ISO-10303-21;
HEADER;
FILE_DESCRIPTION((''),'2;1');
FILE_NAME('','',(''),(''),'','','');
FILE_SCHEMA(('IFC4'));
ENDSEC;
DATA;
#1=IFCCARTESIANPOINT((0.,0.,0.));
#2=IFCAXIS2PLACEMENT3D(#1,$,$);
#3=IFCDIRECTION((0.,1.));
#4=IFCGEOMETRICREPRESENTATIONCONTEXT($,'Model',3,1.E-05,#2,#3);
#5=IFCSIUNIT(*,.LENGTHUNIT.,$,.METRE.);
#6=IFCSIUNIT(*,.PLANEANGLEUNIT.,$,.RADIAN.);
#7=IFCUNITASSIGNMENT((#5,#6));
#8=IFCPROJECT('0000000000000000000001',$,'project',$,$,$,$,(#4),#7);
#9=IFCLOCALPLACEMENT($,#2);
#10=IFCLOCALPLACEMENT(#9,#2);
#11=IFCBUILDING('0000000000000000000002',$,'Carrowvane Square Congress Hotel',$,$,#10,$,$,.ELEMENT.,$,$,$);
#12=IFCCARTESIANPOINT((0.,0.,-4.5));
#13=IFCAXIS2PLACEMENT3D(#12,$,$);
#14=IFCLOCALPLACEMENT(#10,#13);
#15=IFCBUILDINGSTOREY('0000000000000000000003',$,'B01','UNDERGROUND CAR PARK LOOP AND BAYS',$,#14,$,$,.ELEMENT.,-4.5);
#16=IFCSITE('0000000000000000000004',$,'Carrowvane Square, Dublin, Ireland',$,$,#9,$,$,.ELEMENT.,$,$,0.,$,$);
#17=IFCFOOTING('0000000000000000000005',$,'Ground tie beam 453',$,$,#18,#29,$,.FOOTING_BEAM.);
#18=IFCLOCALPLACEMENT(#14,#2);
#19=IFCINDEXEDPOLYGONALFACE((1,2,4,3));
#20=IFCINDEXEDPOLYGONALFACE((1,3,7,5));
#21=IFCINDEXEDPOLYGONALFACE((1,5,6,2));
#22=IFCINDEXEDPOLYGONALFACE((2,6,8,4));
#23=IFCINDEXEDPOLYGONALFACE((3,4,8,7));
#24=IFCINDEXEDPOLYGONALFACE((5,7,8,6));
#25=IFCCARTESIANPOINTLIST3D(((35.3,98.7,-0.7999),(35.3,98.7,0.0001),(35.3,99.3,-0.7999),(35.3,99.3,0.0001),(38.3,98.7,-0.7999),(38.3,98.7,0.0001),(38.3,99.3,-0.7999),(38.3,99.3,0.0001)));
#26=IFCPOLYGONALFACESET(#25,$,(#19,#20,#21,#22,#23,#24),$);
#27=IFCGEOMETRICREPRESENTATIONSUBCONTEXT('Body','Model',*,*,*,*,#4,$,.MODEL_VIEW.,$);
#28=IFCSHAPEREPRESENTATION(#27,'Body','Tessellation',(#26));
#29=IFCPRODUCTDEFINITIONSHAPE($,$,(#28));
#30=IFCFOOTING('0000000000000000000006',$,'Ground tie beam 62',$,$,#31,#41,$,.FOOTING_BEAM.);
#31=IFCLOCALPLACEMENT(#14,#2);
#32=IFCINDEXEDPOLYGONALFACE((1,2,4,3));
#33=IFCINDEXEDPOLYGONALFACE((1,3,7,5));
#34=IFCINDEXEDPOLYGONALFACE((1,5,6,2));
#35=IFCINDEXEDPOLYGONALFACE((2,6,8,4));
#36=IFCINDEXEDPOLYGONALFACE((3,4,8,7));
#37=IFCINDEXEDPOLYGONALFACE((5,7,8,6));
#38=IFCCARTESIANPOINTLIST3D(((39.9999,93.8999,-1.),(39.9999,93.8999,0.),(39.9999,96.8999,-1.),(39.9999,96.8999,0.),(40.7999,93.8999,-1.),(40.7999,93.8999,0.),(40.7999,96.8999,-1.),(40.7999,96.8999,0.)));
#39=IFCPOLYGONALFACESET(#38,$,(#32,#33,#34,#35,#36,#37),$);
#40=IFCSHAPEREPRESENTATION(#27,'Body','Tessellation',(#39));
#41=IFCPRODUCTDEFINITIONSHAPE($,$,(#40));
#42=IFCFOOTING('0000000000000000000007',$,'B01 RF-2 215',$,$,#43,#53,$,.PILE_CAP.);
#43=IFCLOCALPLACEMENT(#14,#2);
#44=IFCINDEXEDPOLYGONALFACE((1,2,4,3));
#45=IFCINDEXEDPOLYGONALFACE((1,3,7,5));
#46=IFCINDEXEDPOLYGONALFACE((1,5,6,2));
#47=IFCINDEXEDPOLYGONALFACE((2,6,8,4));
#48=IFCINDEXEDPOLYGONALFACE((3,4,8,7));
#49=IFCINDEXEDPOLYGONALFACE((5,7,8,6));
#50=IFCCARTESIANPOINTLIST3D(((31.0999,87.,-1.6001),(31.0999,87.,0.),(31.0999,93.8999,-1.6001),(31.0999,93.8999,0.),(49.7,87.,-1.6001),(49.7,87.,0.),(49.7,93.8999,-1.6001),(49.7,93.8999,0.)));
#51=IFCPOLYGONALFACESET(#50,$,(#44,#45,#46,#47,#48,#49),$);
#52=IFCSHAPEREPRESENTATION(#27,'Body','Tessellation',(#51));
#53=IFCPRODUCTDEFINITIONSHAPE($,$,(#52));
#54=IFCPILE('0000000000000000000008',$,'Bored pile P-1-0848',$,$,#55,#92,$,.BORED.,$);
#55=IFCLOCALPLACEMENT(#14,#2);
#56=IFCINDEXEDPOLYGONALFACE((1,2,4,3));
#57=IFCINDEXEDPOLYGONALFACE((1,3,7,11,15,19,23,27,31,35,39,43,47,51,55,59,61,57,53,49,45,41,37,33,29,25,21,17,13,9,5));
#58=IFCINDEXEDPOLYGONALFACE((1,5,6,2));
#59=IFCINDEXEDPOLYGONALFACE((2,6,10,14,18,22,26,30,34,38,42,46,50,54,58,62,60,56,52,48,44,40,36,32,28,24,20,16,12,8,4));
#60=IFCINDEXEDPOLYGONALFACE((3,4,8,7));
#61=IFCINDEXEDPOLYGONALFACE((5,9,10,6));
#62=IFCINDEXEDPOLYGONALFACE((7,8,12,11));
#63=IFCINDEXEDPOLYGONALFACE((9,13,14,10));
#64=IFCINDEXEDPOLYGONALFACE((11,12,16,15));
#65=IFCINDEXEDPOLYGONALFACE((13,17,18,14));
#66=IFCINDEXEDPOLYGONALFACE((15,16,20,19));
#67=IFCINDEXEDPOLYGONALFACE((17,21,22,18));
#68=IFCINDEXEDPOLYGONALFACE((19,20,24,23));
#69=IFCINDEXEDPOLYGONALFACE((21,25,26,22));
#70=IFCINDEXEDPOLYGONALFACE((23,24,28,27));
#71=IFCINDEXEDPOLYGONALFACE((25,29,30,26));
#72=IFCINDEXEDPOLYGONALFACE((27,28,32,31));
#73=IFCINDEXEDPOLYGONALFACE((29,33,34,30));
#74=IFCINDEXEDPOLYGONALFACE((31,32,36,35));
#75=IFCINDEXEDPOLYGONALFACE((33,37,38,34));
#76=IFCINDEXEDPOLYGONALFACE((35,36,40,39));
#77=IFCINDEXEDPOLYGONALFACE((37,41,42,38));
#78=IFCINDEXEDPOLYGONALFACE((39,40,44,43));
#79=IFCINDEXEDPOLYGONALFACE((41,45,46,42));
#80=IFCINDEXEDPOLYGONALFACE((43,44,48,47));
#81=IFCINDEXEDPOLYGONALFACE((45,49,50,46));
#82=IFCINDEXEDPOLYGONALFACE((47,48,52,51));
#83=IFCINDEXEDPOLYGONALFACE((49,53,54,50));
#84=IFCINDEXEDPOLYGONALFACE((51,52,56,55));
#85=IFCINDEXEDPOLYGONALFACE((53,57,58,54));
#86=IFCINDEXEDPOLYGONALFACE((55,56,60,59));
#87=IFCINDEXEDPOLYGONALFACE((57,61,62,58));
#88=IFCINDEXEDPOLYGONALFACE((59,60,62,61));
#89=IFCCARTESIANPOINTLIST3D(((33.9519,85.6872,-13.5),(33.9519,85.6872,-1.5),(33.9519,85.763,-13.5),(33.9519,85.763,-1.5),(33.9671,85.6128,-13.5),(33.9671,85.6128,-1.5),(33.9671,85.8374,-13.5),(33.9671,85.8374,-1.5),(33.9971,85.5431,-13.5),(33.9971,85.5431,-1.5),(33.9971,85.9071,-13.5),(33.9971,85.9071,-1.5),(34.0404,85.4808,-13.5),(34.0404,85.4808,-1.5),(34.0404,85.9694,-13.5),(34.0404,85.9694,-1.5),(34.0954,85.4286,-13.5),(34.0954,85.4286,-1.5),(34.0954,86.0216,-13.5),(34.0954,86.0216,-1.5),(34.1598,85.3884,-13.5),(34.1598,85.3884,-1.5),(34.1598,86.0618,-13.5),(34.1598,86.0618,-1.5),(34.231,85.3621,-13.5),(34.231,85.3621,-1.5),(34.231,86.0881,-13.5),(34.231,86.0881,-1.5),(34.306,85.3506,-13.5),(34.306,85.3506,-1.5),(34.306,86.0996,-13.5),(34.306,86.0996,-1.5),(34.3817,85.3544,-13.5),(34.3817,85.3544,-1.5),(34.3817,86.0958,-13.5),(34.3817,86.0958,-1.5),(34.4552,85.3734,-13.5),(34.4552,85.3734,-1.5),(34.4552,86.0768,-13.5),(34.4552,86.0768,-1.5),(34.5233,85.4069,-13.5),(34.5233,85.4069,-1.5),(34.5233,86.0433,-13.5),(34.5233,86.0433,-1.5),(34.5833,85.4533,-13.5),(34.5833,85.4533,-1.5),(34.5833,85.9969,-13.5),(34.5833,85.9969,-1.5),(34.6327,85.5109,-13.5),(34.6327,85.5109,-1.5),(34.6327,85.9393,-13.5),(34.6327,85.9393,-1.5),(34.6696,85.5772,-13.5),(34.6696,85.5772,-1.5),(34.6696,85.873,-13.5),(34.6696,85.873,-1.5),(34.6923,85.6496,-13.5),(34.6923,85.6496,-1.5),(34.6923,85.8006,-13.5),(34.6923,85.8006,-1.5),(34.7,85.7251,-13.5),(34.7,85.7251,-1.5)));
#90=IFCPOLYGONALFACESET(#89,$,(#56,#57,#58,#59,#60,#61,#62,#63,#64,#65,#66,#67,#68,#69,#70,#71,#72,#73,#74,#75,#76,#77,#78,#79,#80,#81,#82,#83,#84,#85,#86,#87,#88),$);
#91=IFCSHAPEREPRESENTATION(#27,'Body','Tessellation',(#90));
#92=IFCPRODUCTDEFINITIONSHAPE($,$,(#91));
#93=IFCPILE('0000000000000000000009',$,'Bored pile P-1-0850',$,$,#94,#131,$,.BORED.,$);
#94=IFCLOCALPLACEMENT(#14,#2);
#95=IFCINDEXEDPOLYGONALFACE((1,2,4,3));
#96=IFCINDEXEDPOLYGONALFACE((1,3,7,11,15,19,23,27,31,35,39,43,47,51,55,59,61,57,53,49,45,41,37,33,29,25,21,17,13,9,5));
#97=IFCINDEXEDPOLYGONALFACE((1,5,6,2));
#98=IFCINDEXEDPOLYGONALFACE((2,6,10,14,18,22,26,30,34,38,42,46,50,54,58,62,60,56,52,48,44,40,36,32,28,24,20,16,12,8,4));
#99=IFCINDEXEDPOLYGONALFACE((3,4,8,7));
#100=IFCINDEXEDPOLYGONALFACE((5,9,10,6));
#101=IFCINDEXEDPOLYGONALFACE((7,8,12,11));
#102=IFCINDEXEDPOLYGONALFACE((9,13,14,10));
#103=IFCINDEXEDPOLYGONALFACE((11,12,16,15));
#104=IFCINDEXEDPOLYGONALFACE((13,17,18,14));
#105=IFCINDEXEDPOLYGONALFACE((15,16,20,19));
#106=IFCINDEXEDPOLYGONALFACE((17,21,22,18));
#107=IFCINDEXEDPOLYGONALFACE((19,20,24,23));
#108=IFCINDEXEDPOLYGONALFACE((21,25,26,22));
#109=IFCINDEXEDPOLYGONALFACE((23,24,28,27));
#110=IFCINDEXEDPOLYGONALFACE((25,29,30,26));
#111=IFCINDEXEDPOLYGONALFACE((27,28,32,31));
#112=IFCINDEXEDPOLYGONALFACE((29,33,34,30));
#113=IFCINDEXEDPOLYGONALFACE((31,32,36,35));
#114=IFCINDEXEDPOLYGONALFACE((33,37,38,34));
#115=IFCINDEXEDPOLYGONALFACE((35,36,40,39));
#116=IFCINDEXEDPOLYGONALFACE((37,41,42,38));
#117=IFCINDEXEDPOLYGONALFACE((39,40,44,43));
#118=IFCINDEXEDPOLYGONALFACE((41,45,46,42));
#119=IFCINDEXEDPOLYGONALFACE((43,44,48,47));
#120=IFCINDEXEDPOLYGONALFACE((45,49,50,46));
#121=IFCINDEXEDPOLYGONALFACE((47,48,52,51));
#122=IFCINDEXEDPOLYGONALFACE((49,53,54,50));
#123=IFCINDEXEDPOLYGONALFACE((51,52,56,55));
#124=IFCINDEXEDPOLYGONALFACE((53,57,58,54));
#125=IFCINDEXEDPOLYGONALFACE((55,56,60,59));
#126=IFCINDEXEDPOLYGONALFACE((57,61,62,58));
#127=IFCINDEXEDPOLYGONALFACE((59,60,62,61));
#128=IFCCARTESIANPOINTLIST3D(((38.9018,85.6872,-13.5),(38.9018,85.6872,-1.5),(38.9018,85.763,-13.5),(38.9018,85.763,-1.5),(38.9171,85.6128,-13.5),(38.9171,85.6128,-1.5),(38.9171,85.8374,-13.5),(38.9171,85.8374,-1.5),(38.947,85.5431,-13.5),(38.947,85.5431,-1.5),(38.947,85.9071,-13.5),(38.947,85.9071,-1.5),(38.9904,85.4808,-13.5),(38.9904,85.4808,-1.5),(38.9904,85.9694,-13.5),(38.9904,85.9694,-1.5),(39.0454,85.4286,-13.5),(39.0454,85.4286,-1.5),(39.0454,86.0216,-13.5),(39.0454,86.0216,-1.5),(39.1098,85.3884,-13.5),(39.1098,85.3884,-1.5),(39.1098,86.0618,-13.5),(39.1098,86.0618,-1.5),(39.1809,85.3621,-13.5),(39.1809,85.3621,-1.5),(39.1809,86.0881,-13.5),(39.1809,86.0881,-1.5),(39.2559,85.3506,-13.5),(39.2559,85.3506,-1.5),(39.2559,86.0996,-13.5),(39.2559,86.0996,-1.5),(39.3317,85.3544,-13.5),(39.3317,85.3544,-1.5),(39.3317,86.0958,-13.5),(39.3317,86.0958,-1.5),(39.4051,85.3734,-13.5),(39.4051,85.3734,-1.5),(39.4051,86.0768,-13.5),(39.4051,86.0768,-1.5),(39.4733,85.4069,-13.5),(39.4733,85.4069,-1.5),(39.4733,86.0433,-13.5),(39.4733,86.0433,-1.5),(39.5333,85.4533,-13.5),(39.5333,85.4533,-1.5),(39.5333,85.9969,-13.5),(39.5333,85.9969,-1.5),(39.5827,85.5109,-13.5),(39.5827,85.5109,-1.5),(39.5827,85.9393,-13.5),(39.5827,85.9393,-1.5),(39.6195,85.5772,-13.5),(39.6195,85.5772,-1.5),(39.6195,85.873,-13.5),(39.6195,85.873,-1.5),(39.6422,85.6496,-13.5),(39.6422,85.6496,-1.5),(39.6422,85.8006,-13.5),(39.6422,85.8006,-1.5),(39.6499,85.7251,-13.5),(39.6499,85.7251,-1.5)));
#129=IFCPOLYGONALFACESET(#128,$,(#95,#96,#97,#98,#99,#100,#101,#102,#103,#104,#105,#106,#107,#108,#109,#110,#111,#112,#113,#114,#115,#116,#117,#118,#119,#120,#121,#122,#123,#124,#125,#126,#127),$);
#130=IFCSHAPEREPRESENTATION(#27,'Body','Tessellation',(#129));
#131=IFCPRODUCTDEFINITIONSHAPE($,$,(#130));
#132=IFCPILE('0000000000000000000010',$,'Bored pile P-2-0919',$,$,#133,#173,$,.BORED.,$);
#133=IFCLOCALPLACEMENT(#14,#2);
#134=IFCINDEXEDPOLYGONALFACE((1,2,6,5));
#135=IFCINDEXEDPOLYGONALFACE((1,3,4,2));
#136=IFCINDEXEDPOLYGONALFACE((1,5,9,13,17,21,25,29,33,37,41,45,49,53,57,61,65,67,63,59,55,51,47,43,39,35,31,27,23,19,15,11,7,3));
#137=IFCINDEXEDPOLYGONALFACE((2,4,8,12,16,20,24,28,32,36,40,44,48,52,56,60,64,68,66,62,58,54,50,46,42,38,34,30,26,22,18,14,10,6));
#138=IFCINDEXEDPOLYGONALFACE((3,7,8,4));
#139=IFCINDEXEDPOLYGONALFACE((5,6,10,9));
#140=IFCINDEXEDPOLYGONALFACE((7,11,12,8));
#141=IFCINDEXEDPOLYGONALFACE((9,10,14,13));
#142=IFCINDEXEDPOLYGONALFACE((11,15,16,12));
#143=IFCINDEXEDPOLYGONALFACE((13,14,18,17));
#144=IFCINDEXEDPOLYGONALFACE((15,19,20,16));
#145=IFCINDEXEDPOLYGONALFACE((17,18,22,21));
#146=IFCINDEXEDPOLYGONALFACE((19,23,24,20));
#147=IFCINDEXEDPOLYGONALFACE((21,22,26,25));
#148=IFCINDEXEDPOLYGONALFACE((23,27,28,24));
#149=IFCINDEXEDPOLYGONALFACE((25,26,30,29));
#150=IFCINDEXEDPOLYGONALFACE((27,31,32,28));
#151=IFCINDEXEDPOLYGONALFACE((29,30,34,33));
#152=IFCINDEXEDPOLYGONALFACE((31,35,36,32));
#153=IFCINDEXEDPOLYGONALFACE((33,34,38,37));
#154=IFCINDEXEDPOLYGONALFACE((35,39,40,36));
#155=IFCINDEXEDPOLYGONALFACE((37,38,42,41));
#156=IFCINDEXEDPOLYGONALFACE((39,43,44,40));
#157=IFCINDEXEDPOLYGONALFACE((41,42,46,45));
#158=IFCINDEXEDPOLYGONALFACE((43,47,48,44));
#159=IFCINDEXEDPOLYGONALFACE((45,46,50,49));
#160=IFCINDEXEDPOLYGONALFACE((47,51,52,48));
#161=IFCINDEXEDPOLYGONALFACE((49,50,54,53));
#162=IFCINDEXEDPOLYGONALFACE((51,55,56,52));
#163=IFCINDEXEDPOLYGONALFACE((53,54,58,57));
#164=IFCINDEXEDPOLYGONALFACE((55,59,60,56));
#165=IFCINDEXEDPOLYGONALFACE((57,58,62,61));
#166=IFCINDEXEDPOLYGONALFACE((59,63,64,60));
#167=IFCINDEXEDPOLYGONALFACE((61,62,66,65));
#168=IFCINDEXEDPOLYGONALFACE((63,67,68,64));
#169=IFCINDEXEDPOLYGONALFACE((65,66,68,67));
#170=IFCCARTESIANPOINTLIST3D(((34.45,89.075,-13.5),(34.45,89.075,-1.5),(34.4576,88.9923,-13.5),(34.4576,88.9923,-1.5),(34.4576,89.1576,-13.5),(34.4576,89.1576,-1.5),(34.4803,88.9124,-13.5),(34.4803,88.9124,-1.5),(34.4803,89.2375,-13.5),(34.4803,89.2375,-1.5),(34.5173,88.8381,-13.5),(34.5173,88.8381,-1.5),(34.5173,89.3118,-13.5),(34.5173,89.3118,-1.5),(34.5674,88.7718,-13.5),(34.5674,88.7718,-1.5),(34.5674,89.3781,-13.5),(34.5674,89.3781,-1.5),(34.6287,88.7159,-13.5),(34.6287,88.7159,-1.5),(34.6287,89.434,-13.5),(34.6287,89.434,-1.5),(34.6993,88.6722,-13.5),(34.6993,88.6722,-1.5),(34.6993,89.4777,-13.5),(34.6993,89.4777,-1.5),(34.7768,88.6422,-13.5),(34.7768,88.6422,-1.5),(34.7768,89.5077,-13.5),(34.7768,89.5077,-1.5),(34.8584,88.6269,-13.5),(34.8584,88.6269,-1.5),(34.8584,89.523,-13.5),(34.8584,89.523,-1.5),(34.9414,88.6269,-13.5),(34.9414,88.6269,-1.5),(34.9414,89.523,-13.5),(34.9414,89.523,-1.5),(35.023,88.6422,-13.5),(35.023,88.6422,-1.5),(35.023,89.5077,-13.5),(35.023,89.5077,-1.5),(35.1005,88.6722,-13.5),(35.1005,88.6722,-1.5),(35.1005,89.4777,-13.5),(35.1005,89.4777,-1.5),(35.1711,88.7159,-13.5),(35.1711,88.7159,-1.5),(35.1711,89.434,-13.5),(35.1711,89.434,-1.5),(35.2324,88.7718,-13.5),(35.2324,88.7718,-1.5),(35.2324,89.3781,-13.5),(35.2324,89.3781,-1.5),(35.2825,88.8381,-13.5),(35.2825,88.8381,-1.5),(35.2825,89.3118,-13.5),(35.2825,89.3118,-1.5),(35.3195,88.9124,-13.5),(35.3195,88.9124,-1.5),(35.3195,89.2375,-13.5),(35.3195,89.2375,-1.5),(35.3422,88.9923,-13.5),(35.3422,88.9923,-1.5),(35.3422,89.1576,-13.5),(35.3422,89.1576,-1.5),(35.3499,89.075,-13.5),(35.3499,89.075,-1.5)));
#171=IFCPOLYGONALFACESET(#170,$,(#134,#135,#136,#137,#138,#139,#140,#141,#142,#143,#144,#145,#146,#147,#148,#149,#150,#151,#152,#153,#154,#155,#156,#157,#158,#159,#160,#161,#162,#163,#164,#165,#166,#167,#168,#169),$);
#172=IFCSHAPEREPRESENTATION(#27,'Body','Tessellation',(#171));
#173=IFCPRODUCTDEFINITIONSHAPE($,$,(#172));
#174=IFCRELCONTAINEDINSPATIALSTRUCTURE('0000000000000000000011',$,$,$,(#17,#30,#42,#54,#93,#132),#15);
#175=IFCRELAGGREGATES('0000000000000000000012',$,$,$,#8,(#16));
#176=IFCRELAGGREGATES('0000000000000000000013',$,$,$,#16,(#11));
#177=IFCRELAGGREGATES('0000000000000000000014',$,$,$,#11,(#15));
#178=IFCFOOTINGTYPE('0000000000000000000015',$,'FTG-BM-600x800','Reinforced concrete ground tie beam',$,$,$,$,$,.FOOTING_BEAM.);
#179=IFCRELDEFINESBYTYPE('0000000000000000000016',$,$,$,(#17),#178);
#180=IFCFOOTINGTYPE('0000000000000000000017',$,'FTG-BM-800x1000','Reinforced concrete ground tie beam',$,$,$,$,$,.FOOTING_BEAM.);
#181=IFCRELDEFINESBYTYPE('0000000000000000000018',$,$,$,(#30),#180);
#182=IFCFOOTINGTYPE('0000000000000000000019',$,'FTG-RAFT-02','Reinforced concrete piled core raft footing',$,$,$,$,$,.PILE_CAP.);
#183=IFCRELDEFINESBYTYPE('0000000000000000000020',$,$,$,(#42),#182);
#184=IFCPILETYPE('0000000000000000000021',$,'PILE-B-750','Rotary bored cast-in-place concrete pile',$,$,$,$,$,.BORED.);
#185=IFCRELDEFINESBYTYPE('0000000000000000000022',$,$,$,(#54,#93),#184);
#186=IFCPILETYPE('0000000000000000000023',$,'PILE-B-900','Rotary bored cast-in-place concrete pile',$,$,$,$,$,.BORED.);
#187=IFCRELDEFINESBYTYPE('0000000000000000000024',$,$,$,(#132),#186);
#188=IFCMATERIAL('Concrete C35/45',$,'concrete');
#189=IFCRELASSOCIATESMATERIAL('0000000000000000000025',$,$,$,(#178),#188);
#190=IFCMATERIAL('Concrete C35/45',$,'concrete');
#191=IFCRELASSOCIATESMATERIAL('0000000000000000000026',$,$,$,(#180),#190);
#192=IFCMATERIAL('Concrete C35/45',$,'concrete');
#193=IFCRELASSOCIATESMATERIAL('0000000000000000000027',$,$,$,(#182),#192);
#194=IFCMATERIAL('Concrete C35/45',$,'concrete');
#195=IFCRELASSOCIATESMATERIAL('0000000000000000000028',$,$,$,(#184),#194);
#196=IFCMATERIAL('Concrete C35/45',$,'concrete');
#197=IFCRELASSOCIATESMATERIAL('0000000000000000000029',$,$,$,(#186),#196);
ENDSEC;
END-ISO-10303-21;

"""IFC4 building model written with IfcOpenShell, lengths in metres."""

from ifc_helpers import new_model, si_unit, direction, frame, origin, origin_2d, place, context, subcontext, project, spatial, rectangle, circle, extrude, material, material_profile, profile_set, type_object, element, save


model = new_model("IFC4")

# Units and contexts
model_context = context("Model", 3, precision=1e-05, world=origin(), true_north=direction((0.0, 1.0)))
body_context = subcontext(model_context, "Body", "Model", "MODEL_VIEW")
ifc_project = project(units=[si_unit("LENGTHUNIT", "METRE"), si_unit("PLANEANGLEUNIT", "RADIAN")], contexts=[model_context])

# Site, building, storey
site_placement = place(None, origin())
site = spatial("IfcSite", under=ifc_project, at=site_placement, Name="Carrowvane Square, Dublin, Ireland", CompositionType="ELEMENT", RefElevation=0.0)
building_placement = place(site_placement, origin())
building = spatial("IfcBuilding", under=site, at=building_placement, Name="Carrowvane Square Congress Hotel", CompositionType="ELEMENT")
storey_placement = place(building_placement, frame((0.0, 0.0, -4.5)))
storey = spatial("IfcBuildingStorey", under=building, at=storey_placement, Name="B01", Description="UNDERGROUND CAR PARK LOOP AND BAYS", CompositionType="ELEMENT", Elevation=-4.5)

# Footings
ifc_material_1 = material(Name="Concrete C35/45", Category="concrete")
ifc_material_profile_1 = material_profile(ifc_material_1, rectangle(XDim=0.6001, YDim=0.8, at=origin_2d()), Name="RC 600x800")
ifc_profile_set_1 = profile_set([ifc_material_profile_1], Name="Concrete C35/45")
footing_type_1 = type_object("IfcFootingType", Name="FTG-BM-600x800", Description="Reinforced concrete ground tie beam", PredefinedType="FOOTING_BEAM", material=ifc_profile_set_1)
footing_1_placement = place(storey_placement, frame((35.3, 99.0, -0.3999), z_axis=(1.0, 0.0, 0.0), x_axis=(0.0, 1.0, 0.0)))
element("IfcFooting", 1, at=footing_1_placement, inside=storey, type_object=footing_type_1, Name="Ground tie beam 453", PredefinedType="FOOTING_BEAM", context=body_context, shape_type="SweptSolid", body=[
    extrude(rectangle(XDim=0.6001, YDim=0.8, at=origin_2d()), origin(), (0.0, 0.0, 1.0), 3.0),
])
ifc_material_2 = material(Name="Concrete C35/45", Category="concrete")
ifc_material_profile_2 = material_profile(ifc_material_2, rectangle(XDim=0.8, YDim=1.0, at=origin_2d()), Name="RC 800x1000")
ifc_profile_set_2 = profile_set([ifc_material_profile_2], Name="Concrete C35/45")
footing_type_2 = type_object("IfcFootingType", Name="FTG-BM-800x1000", Description="Reinforced concrete ground tie beam", PredefinedType="FOOTING_BEAM", material=ifc_profile_set_2)
footing_2_placement = place(storey_placement, frame((40.3999, 93.8999, -0.5), z_axis=(0.0, 1.0, 0.0), x_axis=(-1.0, 0.0, 0.0)))
element("IfcFooting", 2, at=footing_2_placement, inside=storey, type_object=footing_type_2, Name="Ground tie beam 62", PredefinedType="FOOTING_BEAM", context=body_context, shape_type="SweptSolid", body=[
    extrude(rectangle(XDim=0.8, YDim=1.0, at=origin_2d()), origin(), (0.0, 0.0, 1.0), 3.0),
])
ifc_material_3 = material(Name="Concrete C35/45", Category="concrete")
footing_type_3 = type_object("IfcFootingType", Name="FTG-RAFT-02", Description="Reinforced concrete piled core raft footing", PredefinedType="PILE_CAP", material=ifc_material_3)
footing_3_placement = place(storey_placement, frame((40.3999, 90.45, -1.6001), z_axis=(0.0, 0.0, 1.0), x_axis=(1.0, 0.0, 0.0)))
element("IfcFooting", 3, at=footing_3_placement, inside=storey, type_object=footing_type_3, Name="B01 RF-2 215", PredefinedType="PILE_CAP", context=body_context, shape_type="SweptSolid", body=[
    extrude(rectangle(XDim=18.6001, YDim=6.8999, at=origin_2d()), origin(), (0.0, 0.0, 1.0), 1.6001),
])

# Piles
ifc_material_4 = material(Name="Concrete C35/45", Category="concrete")
ifc_material_profile_3 = material_profile(ifc_material_4, circle(Radius=0.375, at=origin_2d()), Name="PILE D750")
ifc_profile_set_3 = profile_set([ifc_material_profile_3], Name="Concrete C35/45")
pile_type_1 = type_object("IfcPileType", Name="PILE-B-750", Description="Rotary bored cast-in-place concrete pile", PredefinedType="BORED", material=ifc_profile_set_3)
for number, where, z_axis, x_axis, name in (
    (4, (34.325, 85.7251, -1.5), (0.0, 0.0, -1.0), (1.0, 0.0, 0.0), "Bored pile P-1-0848"),
    (5, (39.2749, 85.7251, -1.5), (0.0, 0.0, -1.0), (1.0, 0.0, 0.0), "Bored pile P-1-0850"),
):
    element("IfcPile", number, at=place(storey_placement, frame(where, z_axis=z_axis, x_axis=x_axis)), inside=storey, type_object=pile_type_1, Name=name, PredefinedType="BORED", context=body_context, shape_type="SweptSolid", body=[
        extrude(circle(Radius=0.375, at=origin_2d()), origin(), (0.0, 0.0, 1.0), 12.0),
    ])
ifc_material_5 = material(Name="Concrete C35/45", Category="concrete")
ifc_material_profile_4 = material_profile(ifc_material_5, circle(Radius=0.45, at=origin_2d()), Name="PILE D900")
ifc_profile_set_4 = profile_set([ifc_material_profile_4], Name="Concrete C35/45")
pile_type_2 = type_object("IfcPileType", Name="PILE-B-900", Description="Rotary bored cast-in-place concrete pile", PredefinedType="BORED", material=ifc_profile_set_4)
for number, where, z_axis, x_axis, name in (
    (6, (34.8999, 89.075, -1.5), (0.0, 0.0, -1.0), (1.0, 0.0, 0.0), "Bored pile P-2-0919"),
):
    element("IfcPile", number, at=place(storey_placement, frame(where, z_axis=z_axis, x_axis=x_axis)), inside=storey, type_object=pile_type_2, Name=name, PredefinedType="BORED", context=body_context, shape_type="SweptSolid", body=[
        extrude(circle(Radius=0.45, at=origin_2d()), origin(), (0.0, 0.0, 1.0), 12.0),
    ])

save(model, "model.ifc")
